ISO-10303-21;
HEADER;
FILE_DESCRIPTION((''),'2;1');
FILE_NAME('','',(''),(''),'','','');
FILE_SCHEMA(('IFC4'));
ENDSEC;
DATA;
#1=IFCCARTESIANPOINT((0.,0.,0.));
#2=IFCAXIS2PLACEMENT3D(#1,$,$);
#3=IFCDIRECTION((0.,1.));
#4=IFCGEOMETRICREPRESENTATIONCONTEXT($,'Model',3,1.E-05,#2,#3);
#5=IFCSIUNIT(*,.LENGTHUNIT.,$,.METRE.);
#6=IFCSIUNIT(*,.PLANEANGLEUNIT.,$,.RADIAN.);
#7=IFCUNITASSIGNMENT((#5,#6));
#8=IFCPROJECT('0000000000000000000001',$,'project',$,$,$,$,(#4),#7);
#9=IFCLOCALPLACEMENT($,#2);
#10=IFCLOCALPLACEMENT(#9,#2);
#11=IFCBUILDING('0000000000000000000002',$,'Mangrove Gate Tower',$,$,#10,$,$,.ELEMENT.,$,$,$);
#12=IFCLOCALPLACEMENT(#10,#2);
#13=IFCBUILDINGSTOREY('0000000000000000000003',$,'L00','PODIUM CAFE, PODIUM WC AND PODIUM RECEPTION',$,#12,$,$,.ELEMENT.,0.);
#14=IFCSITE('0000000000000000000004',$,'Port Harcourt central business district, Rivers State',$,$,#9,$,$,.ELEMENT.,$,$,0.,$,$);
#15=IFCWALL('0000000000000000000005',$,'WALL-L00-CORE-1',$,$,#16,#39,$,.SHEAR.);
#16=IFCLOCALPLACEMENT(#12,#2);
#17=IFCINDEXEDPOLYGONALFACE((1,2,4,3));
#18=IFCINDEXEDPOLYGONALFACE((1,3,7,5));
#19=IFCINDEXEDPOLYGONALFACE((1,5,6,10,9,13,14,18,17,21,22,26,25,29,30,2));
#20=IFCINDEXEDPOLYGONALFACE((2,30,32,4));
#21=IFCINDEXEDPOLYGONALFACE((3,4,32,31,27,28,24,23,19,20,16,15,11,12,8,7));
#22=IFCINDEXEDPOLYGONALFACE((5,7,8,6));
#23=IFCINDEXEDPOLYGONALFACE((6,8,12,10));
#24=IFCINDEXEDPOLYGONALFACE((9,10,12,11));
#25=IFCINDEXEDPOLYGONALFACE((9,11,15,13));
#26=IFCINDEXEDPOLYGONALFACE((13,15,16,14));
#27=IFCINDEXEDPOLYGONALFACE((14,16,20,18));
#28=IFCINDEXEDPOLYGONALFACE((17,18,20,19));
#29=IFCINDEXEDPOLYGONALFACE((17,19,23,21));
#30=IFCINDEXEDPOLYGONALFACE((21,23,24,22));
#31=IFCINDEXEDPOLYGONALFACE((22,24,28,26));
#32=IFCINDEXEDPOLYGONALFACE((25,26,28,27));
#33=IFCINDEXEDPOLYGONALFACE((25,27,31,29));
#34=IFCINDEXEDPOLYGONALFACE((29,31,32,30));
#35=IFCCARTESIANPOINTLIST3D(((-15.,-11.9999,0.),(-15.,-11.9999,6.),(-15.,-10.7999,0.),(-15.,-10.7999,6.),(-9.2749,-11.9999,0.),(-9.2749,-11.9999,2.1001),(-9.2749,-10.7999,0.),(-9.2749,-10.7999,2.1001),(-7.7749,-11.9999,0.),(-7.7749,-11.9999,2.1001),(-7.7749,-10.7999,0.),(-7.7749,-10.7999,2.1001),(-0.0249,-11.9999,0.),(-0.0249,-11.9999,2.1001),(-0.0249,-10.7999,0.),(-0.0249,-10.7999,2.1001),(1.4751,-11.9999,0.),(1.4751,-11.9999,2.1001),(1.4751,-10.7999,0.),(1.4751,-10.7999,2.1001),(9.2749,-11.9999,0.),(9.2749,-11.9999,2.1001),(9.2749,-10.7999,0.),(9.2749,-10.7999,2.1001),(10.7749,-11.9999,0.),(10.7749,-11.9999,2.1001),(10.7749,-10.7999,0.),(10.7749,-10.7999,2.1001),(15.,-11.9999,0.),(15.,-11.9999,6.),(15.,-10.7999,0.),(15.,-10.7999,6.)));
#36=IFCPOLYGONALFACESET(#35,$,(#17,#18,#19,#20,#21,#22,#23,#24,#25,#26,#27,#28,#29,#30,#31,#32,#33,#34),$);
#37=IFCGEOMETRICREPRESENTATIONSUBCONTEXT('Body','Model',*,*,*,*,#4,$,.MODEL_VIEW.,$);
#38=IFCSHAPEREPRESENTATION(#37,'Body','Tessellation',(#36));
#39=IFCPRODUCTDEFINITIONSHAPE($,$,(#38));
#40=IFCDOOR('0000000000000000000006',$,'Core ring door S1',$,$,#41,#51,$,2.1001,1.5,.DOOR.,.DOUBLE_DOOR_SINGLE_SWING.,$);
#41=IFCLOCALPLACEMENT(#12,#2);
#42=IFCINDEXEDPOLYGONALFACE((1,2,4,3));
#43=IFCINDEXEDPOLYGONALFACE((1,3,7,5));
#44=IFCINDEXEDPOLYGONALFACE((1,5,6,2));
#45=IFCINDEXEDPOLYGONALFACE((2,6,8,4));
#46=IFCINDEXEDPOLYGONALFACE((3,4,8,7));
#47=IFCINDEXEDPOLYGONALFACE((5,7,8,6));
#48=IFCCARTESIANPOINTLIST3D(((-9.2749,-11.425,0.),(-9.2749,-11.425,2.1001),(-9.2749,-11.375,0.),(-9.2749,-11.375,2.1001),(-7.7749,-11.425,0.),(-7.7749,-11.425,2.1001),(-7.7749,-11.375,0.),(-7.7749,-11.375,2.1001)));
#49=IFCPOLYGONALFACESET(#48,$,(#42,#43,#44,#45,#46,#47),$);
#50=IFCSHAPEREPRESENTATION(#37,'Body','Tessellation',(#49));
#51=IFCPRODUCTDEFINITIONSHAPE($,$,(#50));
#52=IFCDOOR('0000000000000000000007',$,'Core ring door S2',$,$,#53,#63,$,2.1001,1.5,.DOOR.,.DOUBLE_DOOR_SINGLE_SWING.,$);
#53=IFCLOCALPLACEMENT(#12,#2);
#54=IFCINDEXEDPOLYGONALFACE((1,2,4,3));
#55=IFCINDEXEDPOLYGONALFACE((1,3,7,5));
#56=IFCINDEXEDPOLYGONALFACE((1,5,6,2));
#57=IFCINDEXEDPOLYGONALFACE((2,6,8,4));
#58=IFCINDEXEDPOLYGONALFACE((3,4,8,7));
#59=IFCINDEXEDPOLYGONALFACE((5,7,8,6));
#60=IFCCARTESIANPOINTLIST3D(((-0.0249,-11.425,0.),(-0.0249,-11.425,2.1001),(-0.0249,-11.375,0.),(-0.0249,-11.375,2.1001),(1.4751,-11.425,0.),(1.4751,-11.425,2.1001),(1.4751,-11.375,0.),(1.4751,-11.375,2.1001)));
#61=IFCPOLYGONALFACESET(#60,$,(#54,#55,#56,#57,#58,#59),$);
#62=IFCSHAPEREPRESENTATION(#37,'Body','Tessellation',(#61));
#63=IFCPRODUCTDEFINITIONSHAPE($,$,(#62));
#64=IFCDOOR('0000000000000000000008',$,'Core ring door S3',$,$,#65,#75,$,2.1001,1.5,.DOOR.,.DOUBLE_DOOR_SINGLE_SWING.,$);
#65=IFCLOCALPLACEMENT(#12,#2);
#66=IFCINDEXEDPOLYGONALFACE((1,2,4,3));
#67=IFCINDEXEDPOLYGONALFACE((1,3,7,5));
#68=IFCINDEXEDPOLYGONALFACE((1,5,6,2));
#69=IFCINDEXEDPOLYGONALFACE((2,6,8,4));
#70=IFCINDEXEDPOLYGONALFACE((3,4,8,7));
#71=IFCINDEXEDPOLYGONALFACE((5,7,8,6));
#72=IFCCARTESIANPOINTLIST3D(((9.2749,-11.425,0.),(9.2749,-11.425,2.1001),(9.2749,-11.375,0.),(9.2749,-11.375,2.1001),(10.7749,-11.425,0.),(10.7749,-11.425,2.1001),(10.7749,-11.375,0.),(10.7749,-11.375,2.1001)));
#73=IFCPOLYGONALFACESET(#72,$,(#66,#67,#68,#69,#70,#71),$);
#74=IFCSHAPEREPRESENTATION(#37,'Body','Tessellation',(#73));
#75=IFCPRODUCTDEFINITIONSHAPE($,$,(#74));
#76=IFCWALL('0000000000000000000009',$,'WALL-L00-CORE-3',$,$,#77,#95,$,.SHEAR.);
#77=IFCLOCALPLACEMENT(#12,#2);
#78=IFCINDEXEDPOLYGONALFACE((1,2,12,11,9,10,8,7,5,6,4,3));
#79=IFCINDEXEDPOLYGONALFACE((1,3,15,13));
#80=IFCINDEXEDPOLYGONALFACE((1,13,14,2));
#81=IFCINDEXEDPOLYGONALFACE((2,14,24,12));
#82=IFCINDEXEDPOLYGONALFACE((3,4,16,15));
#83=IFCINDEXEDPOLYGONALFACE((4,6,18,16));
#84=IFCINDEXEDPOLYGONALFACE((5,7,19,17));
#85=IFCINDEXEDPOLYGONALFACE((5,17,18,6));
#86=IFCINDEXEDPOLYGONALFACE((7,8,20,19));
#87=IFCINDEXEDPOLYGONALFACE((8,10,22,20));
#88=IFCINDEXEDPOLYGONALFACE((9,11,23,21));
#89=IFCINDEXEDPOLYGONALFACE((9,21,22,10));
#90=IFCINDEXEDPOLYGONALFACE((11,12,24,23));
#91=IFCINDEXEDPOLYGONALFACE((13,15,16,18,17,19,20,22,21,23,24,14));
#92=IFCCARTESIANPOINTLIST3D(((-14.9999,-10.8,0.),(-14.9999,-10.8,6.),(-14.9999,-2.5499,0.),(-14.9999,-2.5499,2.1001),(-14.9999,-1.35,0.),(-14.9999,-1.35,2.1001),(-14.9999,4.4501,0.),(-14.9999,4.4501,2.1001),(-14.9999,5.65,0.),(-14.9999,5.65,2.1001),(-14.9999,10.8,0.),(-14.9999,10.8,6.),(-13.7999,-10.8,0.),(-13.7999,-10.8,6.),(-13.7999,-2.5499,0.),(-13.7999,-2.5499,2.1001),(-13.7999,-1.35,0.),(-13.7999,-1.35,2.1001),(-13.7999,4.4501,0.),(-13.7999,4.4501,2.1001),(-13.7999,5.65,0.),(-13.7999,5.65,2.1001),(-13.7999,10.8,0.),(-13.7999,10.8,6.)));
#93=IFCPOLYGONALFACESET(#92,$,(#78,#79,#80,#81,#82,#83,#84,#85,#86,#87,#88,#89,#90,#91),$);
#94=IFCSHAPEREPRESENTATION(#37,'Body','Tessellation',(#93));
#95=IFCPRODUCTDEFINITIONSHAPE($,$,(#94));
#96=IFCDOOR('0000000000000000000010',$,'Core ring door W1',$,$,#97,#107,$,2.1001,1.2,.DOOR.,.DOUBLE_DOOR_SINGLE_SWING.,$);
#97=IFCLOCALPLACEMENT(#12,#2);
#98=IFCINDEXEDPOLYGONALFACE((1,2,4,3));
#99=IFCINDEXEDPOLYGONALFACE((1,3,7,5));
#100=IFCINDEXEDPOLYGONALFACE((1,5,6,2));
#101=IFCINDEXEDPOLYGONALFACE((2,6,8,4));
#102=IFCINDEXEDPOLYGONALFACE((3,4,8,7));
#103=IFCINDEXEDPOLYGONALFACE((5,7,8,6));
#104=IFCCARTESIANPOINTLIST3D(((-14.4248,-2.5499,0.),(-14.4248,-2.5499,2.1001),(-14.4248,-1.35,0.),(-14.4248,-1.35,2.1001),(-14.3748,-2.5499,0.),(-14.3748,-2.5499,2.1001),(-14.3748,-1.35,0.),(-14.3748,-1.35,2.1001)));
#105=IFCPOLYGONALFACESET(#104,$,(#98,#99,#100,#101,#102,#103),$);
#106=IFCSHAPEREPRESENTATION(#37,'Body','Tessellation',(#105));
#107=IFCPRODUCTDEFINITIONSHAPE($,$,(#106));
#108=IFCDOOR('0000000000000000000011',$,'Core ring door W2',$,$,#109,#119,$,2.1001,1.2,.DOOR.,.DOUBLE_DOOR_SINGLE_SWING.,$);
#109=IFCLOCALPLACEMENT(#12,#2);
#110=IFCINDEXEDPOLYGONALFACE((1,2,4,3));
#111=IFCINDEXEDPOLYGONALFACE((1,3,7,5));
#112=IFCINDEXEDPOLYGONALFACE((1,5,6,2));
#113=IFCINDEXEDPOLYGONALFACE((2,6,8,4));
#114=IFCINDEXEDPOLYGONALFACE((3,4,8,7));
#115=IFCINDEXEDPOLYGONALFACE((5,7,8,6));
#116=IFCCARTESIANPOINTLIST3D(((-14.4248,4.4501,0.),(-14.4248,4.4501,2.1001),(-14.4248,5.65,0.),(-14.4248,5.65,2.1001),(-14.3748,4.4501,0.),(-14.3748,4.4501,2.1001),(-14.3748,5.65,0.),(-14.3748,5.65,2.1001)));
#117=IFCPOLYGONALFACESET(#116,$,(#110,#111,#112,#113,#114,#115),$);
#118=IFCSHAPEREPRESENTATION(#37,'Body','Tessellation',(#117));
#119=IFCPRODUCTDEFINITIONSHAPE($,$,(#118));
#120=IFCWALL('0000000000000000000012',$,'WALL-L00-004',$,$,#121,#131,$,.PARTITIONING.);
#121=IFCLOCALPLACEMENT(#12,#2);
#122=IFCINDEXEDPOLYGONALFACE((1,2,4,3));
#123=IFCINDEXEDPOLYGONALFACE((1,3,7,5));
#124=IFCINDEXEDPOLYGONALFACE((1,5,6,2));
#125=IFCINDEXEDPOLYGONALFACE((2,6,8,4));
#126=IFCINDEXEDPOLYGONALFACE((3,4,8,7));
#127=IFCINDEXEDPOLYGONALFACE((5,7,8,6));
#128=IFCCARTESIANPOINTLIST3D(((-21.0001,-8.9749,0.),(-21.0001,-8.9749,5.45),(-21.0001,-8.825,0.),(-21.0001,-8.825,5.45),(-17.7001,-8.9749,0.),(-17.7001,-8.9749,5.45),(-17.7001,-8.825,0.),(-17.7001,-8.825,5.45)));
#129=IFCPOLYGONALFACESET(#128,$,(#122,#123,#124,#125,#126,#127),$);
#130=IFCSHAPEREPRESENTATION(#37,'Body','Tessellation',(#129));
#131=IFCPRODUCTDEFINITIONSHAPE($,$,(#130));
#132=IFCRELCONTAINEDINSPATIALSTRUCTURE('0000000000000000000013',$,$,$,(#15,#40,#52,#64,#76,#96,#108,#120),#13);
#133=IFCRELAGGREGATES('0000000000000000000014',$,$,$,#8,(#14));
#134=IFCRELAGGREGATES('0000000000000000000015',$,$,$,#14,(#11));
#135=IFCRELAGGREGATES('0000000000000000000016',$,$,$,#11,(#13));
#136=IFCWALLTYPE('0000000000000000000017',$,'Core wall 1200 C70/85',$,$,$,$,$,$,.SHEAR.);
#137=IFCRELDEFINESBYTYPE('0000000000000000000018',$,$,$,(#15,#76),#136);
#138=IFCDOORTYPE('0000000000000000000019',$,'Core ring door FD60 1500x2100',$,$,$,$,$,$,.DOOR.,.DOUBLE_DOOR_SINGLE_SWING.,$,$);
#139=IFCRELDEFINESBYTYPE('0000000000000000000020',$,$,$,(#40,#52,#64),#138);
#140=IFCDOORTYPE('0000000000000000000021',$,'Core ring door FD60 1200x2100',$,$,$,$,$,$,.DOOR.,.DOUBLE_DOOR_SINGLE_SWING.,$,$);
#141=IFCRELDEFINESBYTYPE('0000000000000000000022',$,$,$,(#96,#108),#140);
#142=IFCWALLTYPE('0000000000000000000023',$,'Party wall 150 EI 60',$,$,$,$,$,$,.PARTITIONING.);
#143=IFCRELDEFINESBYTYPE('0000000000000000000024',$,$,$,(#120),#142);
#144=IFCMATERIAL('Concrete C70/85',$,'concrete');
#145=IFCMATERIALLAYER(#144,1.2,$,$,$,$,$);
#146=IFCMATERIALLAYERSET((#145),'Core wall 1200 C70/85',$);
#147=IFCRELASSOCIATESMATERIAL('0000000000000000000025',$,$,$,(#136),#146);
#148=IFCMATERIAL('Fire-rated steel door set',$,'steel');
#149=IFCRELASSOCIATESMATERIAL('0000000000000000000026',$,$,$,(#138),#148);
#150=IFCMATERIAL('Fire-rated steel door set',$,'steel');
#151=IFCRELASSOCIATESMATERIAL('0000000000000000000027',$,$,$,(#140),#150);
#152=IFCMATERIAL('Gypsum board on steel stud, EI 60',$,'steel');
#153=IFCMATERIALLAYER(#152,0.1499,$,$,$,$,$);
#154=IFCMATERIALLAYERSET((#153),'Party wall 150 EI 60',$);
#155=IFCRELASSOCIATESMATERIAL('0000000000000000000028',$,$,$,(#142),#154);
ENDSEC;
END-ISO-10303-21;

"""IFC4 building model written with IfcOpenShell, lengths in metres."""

from ifc_helpers import new_model, si_unit, direction, frame, frame_2d, origin, place, context, subcontext, project, spatial, rectangle, extrude, material, layer, layer_set, type_object, element, fill, save


model = new_model("IFC4")

# Units and contexts
model_context = context("Model", 3, precision=1e-05, world=origin(), true_north=direction((0.0, 1.0)))
body_context = subcontext(model_context, "Body", "Model", "MODEL_VIEW")
ifc_project = project(units=[si_unit("LENGTHUNIT", "METRE"), si_unit("PLANEANGLEUNIT", "RADIAN")], contexts=[model_context])

# Site, building, storey
site_placement = place(None, origin())
site = spatial("IfcSite", under=ifc_project, at=site_placement, Name="Port Harcourt central business district, Rivers State", CompositionType="ELEMENT", RefElevation=0.0)
building_placement = place(site_placement, origin())
building = spatial("IfcBuilding", under=site, at=building_placement, Name="Mangrove Gate Tower", CompositionType="ELEMENT")
storey_placement = place(building_placement, origin())
storey = spatial("IfcBuildingStorey", under=building, at=storey_placement, Name="L00", Description="PODIUM CAFE, PODIUM WC AND PODIUM RECEPTION", CompositionType="ELEMENT", Elevation=0.0)

# Walls, openings, doors
ifc_material_1 = material(Name="Concrete C70/85", Category="concrete")
ifc_layer_1 = layer(ifc_material_1, 1.2)
ifc_layer_set_1 = layer_set([ifc_layer_1], Name="Core wall 1200 C70/85")
wall_type_1 = type_object("IfcWallType", Name="Core wall 1200 C70/85", PredefinedType="SHEAR", material=ifc_layer_set_1)
wall_1_placement = place(storey_placement, frame((-15.0, -11.3999, 0.0), z_axis=(0.0, 0.0, 1.0), x_axis=(1.0, 0.0, 0.0)))
wall_1 = element("IfcWall", 1, at=wall_1_placement, inside=storey, type_object=wall_type_1, Name="WALL-L00-CORE-1", PredefinedType="SHEAR", context=body_context, shape_type="SweptSolid", body=[
    extrude(rectangle(XDim=30.0, YDim=1.2, at=frame_2d((15.0, 0.0))), origin(), (0.0, 0.0, 1.0), 6.0),
])
opening_1_placement = place(wall_1_placement, frame((5.7251, 0.0, 0.0)))
opening_1 = element("IfcOpeningElement", 2, at=opening_1_placement, cuts=wall_1, PredefinedType="OPENING", context=body_context, shape_type="SweptSolid", body=[
    extrude(rectangle(XDim=1.5, YDim=2.1001, at=frame_2d((0.75, 1.05))), frame((0.0, 0.6099, 0.0), z_axis=(0.0, -1.0, 0.0), x_axis=(1.0, 0.0, 0.0)), (0.0, 0.0, 1.0), 1.22),
])
opening_2_placement = place(wall_1_placement, frame((14.9751, 0.0, 0.0)))
opening_2 = element("IfcOpeningElement", 3, at=opening_2_placement, cuts=wall_1, PredefinedType="OPENING", context=body_context, shape_type="SweptSolid", body=[
    extrude(rectangle(XDim=1.5, YDim=2.1001, at=frame_2d((0.75, 1.05))), frame((0.0, 0.6099, 0.0), z_axis=(0.0, -1.0, 0.0), x_axis=(1.0, 0.0, 0.0)), (0.0, 0.0, 1.0), 1.22),
])
opening_3_placement = place(wall_1_placement, frame((24.2749, 0.0, 0.0)))
opening_3 = element("IfcOpeningElement", 4, at=opening_3_placement, cuts=wall_1, PredefinedType="OPENING", context=body_context, shape_type="SweptSolid", body=[
    extrude(rectangle(XDim=1.5, YDim=2.1001, at=frame_2d((0.75, 1.05))), frame((0.0, 0.6099, 0.0), z_axis=(0.0, -1.0, 0.0), x_axis=(1.0, 0.0, 0.0)), (0.0, 0.0, 1.0), 1.22),
])
ifc_material_2 = material(Name="Fire-rated steel door set", Category="steel")
door_type_1 = type_object("IfcDoorType", Name="Core ring door FD60 1500x2100", OperationType="DOUBLE_DOOR_SINGLE_SWING", PredefinedType="DOOR", material=ifc_material_2)
door_1_placement = place(opening_1_placement, origin())
door_1 = element("IfcDoor", 5, at=door_1_placement, inside=storey, type_object=door_type_1, Name="Core ring door S1", OperationType="DOUBLE_DOOR_SINGLE_SWING", OverallHeight=2.1001, OverallWidth=1.5, PredefinedType="DOOR", context=body_context, shape_type="SweptSolid", body=[
    extrude(rectangle(XDim=1.5, YDim=2.1001, at=frame_2d((0.75, 1.05))), frame((0.0, 0.0249, 0.0), z_axis=(0.0, -1.0, 0.0), x_axis=(1.0, 0.0, 0.0)), (0.0, 0.0, 1.0), 0.05),
])
fill(opening_1, door_1)
door_2_placement = place(opening_2_placement, origin())
door_2 = element("IfcDoor", 6, at=door_2_placement, inside=storey, type_object=door_type_1, Name="Core ring door S2", OperationType="DOUBLE_DOOR_SINGLE_SWING", OverallHeight=2.1001, OverallWidth=1.5, PredefinedType="DOOR", context=body_context, shape_type="SweptSolid", body=[
    extrude(rectangle(XDim=1.5, YDim=2.1001, at=frame_2d((0.75, 1.05))), frame((0.0, 0.0249, 0.0), z_axis=(0.0, -1.0, 0.0), x_axis=(1.0, 0.0, 0.0)), (0.0, 0.0, 1.0), 0.05),
])
fill(opening_2, door_2)
door_3_placement = place(opening_3_placement, origin())
door_3 = element("IfcDoor", 7, at=door_3_placement, inside=storey, type_object=door_type_1, Name="Core ring door S3", OperationType="DOUBLE_DOOR_SINGLE_SWING", OverallHeight=2.1001, OverallWidth=1.5, PredefinedType="DOOR", context=body_context, shape_type="SweptSolid", body=[
    extrude(rectangle(XDim=1.5, YDim=2.1001, at=frame_2d((0.75, 1.05))), frame((0.0, 0.0249, 0.0), z_axis=(0.0, -1.0, 0.0), x_axis=(1.0, 0.0, 0.0)), (0.0, 0.0, 1.0), 0.05),
])
fill(opening_3, door_3)
wall_2_placement = place(storey_placement, frame((-14.3999, -10.8, 0.0), z_axis=(0.0, 0.0, 1.0), x_axis=(0.0, 1.0, 0.0)))
wall_2 = element("IfcWall", 8, at=wall_2_placement, inside=storey, type_object=wall_type_1, Name="WALL-L00-CORE-3", PredefinedType="SHEAR", context=body_context, shape_type="SweptSolid", body=[
    extrude(rectangle(XDim=21.6001, YDim=1.2, at=frame_2d((10.8, 0.0))), origin(), (0.0, 0.0, 1.0), 6.0),
])
opening_4_placement = place(wall_2_placement, frame((8.25, 0.0, 0.0)))
opening_4 = element("IfcOpeningElement", 9, at=opening_4_placement, cuts=wall_2, PredefinedType="OPENING", context=body_context, shape_type="SweptSolid", body=[
    extrude(rectangle(XDim=1.2, YDim=2.1001, at=frame_2d((0.6001, 1.05))), frame((0.0, 0.6099, 0.0), z_axis=(0.0, -1.0, 0.0), x_axis=(1.0, 0.0, 0.0)), (0.0, 0.0, 1.0), 1.22),
])
opening_5_placement = place(wall_2_placement, frame((15.25, 0.0, 0.0)))
opening_5 = element("IfcOpeningElement", 10, at=opening_5_placement, cuts=wall_2, PredefinedType="OPENING", context=body_context, shape_type="SweptSolid", body=[
    extrude(rectangle(XDim=1.2, YDim=2.1001, at=frame_2d((0.6001, 1.05))), frame((0.0, 0.6099, 0.0), z_axis=(0.0, -1.0, 0.0), x_axis=(1.0, 0.0, 0.0)), (0.0, 0.0, 1.0), 1.22),
])
ifc_material_3 = material(Name="Fire-rated steel door set", Category="steel")
door_type_2 = type_object("IfcDoorType", Name="Core ring door FD60 1200x2100", OperationType="DOUBLE_DOOR_SINGLE_SWING", PredefinedType="DOOR", material=ifc_material_3)
door_4_placement = place(opening_4_placement, origin())
door_4 = element("IfcDoor", 11, at=door_4_placement, inside=storey, type_object=door_type_2, Name="Core ring door W1", OperationType="DOUBLE_DOOR_SINGLE_SWING", OverallHeight=2.1001, OverallWidth=1.2, PredefinedType="DOOR", context=body_context, shape_type="SweptSolid", body=[
    extrude(rectangle(XDim=1.2, YDim=2.1001, at=frame_2d((0.6001, 1.05))), frame((0.0, 0.0249, 0.0), z_axis=(0.0, -1.0, 0.0), x_axis=(1.0, 0.0, 0.0)), (0.0, 0.0, 1.0), 0.05),
])
fill(opening_4, door_4)
door_5_placement = place(opening_5_placement, origin())
door_5 = element("IfcDoor", 12, at=door_5_placement, inside=storey, type_object=door_type_2, Name="Core ring door W2", OperationType="DOUBLE_DOOR_SINGLE_SWING", OverallHeight=2.1001, OverallWidth=1.2, PredefinedType="DOOR", context=body_context, shape_type="SweptSolid", body=[
    extrude(rectangle(XDim=1.2, YDim=2.1001, at=frame_2d((0.6001, 1.05))), frame((0.0, 0.0249, 0.0), z_axis=(0.0, -1.0, 0.0), x_axis=(1.0, 0.0, 0.0)), (0.0, 0.0, 1.0), 0.05),
])
fill(opening_5, door_5)

# Wall
ifc_material_4 = material(Name="Gypsum board on steel stud, EI 60", Category="steel")
ifc_layer_2 = layer(ifc_material_4, 0.1499)
ifc_layer_set_2 = layer_set([ifc_layer_2], Name="Party wall 150 EI 60")
wall_type_2 = type_object("IfcWallType", Name="Party wall 150 EI 60", PredefinedType="PARTITIONING", material=ifc_layer_set_2)
wall_3_placement = place(storey_placement, frame((-21.0, -8.8999, 0.0), z_axis=(0.0, 0.0, 1.0), x_axis=(1.0, 0.0, 0.0)))
element("IfcWall", 13, at=wall_3_placement, inside=storey, type_object=wall_type_2, Name="WALL-L00-004", PredefinedType="PARTITIONING", context=body_context, shape_type="SweptSolid", body=[
    extrude(rectangle(XDim=3.3, YDim=0.1499, at=frame_2d((1.6499, 0.0))), origin(), (0.0, 0.0, 1.0), 5.45),
])

save(model, "model.ifc")
